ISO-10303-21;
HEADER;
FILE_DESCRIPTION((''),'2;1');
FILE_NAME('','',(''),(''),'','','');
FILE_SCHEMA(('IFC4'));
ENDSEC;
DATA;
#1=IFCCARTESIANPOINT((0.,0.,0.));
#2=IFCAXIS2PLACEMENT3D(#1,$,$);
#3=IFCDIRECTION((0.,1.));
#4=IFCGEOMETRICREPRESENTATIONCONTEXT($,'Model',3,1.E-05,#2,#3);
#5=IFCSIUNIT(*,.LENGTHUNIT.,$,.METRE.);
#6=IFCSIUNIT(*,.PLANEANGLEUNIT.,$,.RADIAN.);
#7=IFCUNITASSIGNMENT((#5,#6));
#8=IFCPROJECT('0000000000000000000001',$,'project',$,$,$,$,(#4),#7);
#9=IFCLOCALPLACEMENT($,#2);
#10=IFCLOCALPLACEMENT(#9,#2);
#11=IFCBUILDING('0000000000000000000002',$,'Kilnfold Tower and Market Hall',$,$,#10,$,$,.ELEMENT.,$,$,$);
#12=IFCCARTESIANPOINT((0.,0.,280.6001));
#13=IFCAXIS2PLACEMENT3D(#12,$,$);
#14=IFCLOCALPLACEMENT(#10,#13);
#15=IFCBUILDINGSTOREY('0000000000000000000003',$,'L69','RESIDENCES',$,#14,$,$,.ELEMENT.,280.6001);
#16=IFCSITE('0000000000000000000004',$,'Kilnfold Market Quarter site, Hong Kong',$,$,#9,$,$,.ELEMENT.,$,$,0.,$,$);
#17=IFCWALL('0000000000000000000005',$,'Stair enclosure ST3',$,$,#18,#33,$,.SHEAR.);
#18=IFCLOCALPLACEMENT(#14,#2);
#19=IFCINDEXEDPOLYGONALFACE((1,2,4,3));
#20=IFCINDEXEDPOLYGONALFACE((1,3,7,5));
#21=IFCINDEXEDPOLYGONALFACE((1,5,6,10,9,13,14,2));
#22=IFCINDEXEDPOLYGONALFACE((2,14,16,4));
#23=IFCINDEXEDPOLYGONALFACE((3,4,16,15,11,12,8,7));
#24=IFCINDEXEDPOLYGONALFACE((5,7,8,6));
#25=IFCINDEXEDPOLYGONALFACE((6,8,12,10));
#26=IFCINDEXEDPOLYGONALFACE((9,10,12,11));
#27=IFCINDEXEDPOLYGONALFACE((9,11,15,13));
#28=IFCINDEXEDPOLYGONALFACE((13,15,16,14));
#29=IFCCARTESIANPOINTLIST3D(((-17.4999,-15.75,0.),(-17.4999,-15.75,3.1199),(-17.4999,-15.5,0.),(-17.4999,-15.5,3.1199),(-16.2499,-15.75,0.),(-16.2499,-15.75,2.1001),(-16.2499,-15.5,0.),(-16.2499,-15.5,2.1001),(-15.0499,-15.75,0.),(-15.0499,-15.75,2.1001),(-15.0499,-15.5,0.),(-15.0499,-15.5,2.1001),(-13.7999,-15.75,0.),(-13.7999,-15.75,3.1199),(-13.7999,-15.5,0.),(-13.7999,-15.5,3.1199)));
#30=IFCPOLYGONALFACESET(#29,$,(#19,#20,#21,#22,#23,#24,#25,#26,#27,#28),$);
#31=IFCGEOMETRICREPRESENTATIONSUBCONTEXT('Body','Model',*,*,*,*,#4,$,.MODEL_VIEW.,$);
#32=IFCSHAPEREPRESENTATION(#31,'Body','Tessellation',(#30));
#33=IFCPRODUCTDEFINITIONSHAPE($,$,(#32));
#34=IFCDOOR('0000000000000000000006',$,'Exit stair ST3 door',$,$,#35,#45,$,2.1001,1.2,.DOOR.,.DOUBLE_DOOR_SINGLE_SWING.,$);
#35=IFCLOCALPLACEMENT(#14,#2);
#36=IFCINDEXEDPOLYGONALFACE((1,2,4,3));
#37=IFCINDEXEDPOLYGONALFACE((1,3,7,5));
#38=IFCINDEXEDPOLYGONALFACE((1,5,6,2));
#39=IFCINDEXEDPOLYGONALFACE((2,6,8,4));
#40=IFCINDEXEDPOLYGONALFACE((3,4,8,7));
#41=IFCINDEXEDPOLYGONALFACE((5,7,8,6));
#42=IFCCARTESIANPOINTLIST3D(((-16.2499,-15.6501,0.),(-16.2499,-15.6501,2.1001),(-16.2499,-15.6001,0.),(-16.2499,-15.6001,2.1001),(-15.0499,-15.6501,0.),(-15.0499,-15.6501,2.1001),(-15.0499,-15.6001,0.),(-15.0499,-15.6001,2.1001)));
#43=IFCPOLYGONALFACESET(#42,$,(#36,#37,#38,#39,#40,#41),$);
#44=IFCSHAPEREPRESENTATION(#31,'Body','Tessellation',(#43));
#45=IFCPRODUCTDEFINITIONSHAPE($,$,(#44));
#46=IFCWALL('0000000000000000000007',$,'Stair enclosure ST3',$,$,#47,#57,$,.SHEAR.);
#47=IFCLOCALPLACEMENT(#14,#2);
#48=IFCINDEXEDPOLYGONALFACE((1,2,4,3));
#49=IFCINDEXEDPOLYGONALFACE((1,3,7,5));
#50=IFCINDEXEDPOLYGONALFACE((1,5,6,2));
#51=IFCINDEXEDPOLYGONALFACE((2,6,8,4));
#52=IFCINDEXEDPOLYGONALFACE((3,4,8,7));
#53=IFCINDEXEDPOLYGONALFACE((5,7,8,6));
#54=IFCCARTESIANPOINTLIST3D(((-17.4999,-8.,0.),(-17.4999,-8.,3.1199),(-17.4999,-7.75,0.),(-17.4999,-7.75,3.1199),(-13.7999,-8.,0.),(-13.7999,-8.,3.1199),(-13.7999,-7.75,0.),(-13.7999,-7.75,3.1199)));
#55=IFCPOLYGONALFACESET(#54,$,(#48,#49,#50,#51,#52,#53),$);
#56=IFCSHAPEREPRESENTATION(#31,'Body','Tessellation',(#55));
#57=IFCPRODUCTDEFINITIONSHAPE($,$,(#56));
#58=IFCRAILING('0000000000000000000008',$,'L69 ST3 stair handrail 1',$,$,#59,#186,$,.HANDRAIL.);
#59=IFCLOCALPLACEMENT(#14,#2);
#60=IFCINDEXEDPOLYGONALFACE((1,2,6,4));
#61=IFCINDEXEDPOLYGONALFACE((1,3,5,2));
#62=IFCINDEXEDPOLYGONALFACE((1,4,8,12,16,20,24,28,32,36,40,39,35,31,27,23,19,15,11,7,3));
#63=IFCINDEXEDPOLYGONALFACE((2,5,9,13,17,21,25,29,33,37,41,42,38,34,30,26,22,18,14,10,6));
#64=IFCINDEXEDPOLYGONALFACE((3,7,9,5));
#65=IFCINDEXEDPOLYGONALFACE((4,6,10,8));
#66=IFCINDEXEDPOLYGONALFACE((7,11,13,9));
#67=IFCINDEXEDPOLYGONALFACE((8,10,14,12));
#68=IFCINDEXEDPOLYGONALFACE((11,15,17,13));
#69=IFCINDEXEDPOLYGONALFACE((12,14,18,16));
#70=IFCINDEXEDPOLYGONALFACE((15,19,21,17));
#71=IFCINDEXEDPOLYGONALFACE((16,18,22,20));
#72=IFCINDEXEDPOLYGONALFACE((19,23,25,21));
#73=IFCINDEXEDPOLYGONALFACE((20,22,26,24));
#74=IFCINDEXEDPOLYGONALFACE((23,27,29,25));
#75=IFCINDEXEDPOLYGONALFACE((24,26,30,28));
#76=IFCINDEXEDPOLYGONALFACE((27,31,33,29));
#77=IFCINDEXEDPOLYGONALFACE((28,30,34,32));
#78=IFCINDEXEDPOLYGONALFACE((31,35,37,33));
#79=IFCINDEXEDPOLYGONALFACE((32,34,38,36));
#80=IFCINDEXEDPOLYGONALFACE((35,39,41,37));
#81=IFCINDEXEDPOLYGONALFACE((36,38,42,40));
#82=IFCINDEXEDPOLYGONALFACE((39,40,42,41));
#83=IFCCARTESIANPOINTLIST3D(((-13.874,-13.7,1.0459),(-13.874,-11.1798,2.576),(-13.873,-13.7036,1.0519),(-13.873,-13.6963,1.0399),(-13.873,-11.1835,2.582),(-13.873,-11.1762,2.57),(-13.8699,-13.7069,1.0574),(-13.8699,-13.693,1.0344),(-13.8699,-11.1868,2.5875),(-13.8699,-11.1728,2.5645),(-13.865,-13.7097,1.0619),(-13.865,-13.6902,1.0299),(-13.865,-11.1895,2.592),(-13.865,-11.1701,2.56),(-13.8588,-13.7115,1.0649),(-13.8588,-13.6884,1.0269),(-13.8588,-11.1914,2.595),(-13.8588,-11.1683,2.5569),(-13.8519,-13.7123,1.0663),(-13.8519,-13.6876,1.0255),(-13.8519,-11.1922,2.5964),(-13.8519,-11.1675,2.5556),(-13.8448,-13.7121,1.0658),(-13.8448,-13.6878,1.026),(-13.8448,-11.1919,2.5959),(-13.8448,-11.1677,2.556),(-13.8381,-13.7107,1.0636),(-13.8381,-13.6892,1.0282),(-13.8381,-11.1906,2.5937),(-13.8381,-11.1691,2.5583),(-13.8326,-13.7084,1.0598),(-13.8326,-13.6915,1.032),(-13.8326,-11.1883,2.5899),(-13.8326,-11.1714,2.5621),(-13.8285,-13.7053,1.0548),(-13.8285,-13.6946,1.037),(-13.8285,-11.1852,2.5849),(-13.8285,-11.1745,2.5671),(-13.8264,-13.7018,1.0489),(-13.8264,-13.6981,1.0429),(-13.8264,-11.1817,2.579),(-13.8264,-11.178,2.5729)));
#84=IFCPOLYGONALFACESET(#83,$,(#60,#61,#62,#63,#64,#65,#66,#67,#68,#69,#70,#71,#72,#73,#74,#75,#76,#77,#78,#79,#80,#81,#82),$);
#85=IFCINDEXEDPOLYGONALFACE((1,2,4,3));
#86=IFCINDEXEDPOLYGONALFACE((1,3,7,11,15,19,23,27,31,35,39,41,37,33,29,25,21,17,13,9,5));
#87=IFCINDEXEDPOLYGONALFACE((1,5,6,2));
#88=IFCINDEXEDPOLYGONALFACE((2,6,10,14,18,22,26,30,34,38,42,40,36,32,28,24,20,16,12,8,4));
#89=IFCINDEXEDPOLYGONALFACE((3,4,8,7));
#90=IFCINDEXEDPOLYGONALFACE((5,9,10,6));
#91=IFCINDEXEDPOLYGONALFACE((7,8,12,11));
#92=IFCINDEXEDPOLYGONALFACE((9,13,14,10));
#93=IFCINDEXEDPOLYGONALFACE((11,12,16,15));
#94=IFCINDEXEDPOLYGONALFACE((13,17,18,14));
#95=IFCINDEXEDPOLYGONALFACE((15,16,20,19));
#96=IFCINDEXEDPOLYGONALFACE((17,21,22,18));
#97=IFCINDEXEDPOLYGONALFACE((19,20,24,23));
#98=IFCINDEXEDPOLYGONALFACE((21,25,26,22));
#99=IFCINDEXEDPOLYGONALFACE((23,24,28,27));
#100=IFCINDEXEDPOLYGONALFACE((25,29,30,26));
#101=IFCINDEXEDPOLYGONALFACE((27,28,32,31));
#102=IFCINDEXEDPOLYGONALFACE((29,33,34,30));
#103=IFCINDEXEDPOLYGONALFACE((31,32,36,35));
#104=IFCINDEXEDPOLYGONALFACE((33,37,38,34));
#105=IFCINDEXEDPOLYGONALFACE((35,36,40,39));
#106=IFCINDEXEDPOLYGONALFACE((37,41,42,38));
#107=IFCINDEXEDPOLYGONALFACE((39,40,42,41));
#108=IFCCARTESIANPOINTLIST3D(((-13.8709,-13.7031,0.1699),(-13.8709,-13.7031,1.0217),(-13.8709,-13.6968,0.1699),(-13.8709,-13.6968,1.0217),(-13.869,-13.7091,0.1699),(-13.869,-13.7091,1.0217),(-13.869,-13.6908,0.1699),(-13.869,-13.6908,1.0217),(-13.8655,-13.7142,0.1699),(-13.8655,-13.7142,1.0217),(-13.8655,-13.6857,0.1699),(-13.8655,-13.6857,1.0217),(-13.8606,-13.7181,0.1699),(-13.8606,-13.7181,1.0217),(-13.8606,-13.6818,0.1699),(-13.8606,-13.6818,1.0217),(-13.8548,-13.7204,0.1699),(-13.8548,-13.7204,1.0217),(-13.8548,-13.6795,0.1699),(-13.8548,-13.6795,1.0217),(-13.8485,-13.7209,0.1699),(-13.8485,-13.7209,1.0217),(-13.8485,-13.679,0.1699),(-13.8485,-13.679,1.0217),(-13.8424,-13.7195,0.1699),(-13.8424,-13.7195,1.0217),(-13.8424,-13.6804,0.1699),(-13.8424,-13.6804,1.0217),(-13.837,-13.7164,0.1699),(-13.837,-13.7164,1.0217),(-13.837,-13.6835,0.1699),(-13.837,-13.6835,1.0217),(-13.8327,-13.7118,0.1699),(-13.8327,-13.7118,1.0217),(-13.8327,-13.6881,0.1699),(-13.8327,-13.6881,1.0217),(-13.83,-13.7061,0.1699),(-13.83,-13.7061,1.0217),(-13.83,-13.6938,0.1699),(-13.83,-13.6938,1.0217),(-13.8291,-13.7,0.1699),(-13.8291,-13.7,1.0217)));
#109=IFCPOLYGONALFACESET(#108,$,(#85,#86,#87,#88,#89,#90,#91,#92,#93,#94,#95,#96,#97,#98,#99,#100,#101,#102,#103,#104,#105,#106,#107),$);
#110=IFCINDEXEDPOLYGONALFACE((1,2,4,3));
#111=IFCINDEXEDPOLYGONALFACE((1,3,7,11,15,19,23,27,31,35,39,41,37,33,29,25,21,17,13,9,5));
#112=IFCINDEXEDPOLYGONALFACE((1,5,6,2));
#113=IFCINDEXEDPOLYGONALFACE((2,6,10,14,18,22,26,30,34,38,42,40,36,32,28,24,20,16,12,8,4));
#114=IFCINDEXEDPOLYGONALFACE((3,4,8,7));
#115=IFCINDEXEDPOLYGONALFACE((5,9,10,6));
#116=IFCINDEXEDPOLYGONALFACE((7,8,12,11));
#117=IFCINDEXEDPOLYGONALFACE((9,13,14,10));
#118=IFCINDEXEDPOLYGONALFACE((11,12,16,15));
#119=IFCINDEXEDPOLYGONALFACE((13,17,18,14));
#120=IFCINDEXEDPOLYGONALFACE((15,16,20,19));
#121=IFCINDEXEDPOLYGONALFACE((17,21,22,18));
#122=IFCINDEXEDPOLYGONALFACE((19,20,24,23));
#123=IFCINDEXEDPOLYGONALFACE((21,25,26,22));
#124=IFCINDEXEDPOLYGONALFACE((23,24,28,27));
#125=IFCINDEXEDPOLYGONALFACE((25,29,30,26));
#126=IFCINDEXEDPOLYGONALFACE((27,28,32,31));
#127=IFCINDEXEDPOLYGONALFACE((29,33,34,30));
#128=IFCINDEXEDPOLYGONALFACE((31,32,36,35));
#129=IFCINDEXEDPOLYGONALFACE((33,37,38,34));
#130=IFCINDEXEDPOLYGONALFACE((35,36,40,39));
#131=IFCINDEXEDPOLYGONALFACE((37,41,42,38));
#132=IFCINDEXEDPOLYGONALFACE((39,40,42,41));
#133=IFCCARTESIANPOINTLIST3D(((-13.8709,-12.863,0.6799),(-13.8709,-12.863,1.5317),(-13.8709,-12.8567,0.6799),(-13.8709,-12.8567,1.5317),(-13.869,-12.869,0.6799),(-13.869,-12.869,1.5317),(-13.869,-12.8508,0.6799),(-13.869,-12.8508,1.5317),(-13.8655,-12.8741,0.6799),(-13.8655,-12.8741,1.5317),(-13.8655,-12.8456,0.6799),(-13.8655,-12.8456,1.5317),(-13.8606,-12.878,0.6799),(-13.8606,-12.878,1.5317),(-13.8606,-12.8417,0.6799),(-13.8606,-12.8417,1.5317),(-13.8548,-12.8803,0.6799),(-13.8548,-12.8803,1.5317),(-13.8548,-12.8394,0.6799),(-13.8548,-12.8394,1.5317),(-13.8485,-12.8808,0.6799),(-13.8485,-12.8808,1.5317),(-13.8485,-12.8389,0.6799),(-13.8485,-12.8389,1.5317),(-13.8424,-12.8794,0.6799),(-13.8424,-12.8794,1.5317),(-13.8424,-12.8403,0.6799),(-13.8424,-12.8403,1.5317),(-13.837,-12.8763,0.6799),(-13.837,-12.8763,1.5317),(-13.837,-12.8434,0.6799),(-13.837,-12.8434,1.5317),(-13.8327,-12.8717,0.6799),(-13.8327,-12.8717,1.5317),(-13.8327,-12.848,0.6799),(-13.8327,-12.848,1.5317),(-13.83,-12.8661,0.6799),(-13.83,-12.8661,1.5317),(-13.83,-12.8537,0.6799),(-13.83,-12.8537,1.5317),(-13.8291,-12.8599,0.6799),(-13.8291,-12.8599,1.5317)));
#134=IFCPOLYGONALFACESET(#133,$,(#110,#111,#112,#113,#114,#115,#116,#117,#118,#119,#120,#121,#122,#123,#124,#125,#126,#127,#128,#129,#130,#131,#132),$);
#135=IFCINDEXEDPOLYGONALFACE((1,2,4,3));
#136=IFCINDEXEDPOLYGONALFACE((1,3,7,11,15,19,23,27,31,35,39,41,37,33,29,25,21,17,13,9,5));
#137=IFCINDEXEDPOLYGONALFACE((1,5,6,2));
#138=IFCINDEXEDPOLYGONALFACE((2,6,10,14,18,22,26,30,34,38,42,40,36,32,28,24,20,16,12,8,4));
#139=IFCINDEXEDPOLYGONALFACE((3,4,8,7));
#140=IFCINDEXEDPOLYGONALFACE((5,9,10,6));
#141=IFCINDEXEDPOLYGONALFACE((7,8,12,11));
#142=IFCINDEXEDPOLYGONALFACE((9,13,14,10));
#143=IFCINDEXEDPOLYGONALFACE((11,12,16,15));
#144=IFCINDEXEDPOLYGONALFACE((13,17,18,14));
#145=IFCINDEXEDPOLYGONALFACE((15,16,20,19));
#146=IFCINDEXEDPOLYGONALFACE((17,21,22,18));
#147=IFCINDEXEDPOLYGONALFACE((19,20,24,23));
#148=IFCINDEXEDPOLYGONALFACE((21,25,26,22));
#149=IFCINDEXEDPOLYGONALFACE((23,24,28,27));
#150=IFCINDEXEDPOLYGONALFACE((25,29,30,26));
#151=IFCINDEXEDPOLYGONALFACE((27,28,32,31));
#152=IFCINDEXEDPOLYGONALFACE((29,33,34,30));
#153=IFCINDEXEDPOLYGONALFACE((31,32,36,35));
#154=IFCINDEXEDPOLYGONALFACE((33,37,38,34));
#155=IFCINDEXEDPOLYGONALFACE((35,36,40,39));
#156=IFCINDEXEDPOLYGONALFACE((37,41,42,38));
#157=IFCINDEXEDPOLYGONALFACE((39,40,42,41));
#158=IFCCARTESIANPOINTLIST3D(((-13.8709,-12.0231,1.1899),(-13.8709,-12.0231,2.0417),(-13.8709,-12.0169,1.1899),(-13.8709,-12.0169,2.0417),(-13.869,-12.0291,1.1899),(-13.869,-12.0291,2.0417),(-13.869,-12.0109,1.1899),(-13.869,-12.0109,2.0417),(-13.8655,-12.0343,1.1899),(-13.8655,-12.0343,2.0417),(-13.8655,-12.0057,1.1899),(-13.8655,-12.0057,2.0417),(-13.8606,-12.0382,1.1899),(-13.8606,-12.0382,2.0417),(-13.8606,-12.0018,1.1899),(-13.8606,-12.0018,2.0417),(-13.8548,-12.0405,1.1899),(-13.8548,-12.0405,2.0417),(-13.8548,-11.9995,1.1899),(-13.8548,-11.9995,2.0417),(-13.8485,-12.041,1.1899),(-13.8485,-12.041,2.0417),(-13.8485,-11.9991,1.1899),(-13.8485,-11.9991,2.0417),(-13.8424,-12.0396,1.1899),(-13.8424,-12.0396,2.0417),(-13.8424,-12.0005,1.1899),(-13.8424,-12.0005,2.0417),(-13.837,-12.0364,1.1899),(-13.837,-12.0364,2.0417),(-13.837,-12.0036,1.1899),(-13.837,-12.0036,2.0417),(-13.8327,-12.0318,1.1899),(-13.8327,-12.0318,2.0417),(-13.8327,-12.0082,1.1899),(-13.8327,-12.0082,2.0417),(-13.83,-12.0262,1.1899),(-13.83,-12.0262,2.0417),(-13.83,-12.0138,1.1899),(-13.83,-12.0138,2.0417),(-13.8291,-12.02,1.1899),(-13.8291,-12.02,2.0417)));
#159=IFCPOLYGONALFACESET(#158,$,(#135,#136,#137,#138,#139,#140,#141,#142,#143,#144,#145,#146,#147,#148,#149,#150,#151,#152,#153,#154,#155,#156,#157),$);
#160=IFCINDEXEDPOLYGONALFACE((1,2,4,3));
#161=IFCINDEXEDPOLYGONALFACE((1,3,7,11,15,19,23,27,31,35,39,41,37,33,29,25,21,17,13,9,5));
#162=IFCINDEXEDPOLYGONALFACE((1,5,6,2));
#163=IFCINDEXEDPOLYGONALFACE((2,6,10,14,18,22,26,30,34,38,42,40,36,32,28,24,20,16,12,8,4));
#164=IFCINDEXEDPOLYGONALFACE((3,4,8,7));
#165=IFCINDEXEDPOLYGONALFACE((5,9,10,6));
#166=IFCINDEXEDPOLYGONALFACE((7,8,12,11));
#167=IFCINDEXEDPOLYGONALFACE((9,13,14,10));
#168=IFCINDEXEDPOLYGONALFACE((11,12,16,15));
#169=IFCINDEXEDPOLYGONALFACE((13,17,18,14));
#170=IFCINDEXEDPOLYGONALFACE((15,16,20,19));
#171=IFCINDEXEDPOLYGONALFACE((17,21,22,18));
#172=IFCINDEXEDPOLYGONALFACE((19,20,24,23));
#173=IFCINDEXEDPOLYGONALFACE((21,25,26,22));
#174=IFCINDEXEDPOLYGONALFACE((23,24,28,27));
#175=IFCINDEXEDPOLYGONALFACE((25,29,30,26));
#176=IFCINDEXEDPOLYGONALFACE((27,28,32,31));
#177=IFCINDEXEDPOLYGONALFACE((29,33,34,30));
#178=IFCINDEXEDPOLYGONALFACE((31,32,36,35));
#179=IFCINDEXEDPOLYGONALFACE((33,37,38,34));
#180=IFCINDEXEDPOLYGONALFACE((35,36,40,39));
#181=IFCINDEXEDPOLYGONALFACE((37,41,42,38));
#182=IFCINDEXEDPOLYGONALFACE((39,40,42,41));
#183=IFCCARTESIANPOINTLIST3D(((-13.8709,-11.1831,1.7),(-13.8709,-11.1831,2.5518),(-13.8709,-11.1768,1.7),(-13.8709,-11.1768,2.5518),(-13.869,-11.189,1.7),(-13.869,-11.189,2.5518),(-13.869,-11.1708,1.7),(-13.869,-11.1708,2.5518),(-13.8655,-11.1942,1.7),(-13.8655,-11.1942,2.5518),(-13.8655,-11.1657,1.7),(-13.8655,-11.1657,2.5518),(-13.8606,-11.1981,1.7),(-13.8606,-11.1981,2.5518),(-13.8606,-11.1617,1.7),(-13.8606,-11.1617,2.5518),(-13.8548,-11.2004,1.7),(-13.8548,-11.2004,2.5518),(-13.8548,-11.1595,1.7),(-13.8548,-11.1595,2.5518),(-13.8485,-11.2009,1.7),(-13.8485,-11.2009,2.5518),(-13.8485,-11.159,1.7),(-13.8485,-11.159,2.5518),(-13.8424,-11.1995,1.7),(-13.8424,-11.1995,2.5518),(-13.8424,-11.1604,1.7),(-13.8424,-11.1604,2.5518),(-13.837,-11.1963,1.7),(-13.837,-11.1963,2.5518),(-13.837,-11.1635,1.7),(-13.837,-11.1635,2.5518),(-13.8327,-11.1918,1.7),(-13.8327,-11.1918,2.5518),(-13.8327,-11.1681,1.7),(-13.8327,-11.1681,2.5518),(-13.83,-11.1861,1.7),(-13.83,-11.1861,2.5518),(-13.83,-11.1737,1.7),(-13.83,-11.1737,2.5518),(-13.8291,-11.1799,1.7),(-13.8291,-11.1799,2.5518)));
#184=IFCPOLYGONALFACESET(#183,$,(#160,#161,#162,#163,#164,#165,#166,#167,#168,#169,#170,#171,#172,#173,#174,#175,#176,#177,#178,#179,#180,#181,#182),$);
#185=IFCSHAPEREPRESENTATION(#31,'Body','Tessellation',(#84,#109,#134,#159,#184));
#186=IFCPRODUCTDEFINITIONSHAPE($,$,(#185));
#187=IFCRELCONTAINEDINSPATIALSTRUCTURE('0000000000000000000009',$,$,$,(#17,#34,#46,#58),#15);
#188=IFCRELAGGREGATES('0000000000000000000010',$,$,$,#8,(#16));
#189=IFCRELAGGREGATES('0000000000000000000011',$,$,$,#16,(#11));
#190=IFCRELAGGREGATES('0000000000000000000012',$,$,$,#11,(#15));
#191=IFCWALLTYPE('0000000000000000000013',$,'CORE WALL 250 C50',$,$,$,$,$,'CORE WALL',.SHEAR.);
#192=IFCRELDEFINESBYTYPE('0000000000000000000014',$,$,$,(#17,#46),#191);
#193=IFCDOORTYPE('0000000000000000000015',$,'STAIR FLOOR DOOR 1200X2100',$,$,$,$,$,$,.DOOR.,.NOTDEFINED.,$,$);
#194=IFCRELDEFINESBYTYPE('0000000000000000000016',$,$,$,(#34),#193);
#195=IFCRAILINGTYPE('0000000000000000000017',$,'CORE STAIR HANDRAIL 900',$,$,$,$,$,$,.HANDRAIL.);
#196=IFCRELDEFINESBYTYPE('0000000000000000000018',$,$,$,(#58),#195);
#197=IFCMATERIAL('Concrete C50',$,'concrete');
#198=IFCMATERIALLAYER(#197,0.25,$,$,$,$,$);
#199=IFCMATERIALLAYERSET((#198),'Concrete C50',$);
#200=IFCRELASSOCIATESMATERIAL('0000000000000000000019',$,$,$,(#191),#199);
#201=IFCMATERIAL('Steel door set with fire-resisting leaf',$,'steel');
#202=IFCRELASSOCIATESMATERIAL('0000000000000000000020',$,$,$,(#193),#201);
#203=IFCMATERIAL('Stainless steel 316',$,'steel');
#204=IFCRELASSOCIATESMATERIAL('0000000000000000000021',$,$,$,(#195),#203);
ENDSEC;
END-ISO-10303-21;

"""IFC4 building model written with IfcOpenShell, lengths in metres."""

from ifc_helpers import new_model, si_unit, direction, frame, frame_2d, origin, origin_2d, place, context, subcontext, project, spatial, rectangle, circle, extrude, source, transform, mapped, material, layer, layer_set, type_object, element, fill, save


model = new_model("IFC4")

# Units and contexts
model_context = context("Model", 3, precision=1e-05, world=origin(), true_north=direction((0.0, 1.0)))
body_context = subcontext(model_context, "Body", "Model", "MODEL_VIEW")
ifc_project = project(units=[si_unit("LENGTHUNIT", "METRE"), si_unit("PLANEANGLEUNIT", "RADIAN")], contexts=[model_context])

# Site, building, storey
site_placement = place(None, origin())
site = spatial("IfcSite", under=ifc_project, at=site_placement, Name="Kilnfold Market Quarter site, Hong Kong", CompositionType="ELEMENT", RefElevation=0.0)
building_placement = place(site_placement, origin())
building = spatial("IfcBuilding", under=site, at=building_placement, Name="Kilnfold Tower and Market Hall", CompositionType="ELEMENT")
storey_placement = place(building_placement, frame((0.0, 0.0, 280.6001)))
storey = spatial("IfcBuildingStorey", under=building, at=storey_placement, Name="L69", Description="RESIDENCES", CompositionType="ELEMENT", Elevation=280.6001)

# Wall, opening, door
ifc_material_1 = material(Name="Concrete C50", Category="concrete")
ifc_layer_1 = layer(ifc_material_1, 0.25)
ifc_layer_set_1 = layer_set([ifc_layer_1], Name="Concrete C50")
wall_type_1 = type_object("IfcWallType", Name="CORE WALL 250 C50", ElementType="CORE WALL", PredefinedType="SHEAR", material=ifc_layer_set_1)
shared_shape_1 = source(origin(), body_context, "Body", "SweptSolid", [
    extrude(rectangle(XDim=3.7, YDim=0.25, at=frame_2d((1.8501, 0.0))), origin(), (0.0, 0.0, 1.0), 3.1199),
])
wall_1_placement = place(storey_placement, frame((-17.5, -15.625, 0.0), z_axis=(0.0, 0.0, 1.0), x_axis=(1.0, 0.0, 0.0)))
wall_1 = element("IfcWall", 1, at=wall_1_placement, inside=storey, type_object=wall_type_1, Name="Stair enclosure ST3", PredefinedType="SHEAR", context=body_context, shape_type="MappedRepresentation", body=[
    mapped(shared_shape_1, transform((0.0, 0.0, 0.0))),
])
opening_1_placement = place(wall_1_placement, frame((1.25, 0.0, 0.0)))
opening_1 = element("IfcOpeningElement", 2, at=opening_1_placement, cuts=wall_1, PredefinedType="OPENING", context=body_context, shape_type="SweptSolid", body=[
    extrude(rectangle(XDim=1.2, YDim=2.1001, at=frame_2d((0.6001, 1.05))), frame((0.0, 0.135, 0.0), z_axis=(0.0, -1.0, 0.0), x_axis=(1.0, 0.0, 0.0)), (0.0, 0.0, 1.0), 0.27),
])
ifc_material_2 = material(Name="Steel door set with fire-resisting leaf", Category="steel")
door_type_1 = type_object("IfcDoorType", Name="STAIR FLOOR DOOR 1200X2100", OperationType="NOTDEFINED", PredefinedType="DOOR", material=ifc_material_2)
door_1_placement = place(opening_1_placement, origin())
door_1 = element("IfcDoor", 3, at=door_1_placement, inside=storey, type_object=door_type_1, Name="Exit stair ST3 door", OperationType="DOUBLE_DOOR_SINGLE_SWING", OverallHeight=2.1001, OverallWidth=1.2, PredefinedType="DOOR", context=body_context, shape_type="SweptSolid", body=[
    extrude(rectangle(XDim=1.2, YDim=2.1001, at=frame_2d((0.6001, 1.05))), frame((0.0, 0.0249, 0.0), z_axis=(0.0, -1.0, 0.0), x_axis=(1.0, 0.0, 0.0)), (0.0, 0.0, 1.0), 0.05),
])
fill(opening_1, door_1)

# Wall
wall_2_placement = place(storey_placement, frame((-17.5, -7.875, 0.0), z_axis=(0.0, 0.0, 1.0), x_axis=(1.0, 0.0, 0.0)))
element("IfcWall", 4, at=wall_2_placement, inside=storey, type_object=wall_type_1, Name="Stair enclosure ST3", PredefinedType="SHEAR", context=body_context, shape_type="MappedRepresentation", body=[
    mapped(shared_shape_1, transform((0.0, 0.0, 0.0))),
])

# Railing
ifc_material_3 = material(Name="Stainless steel 316", Category="steel")
railing_type_1 = type_object("IfcRailingType", Name="CORE STAIR HANDRAIL 900", PredefinedType="HANDRAIL", material=ifc_material_3)
railing_1_placement = place(storey_placement, frame((-13.8501, -13.7, 0.1699)))
element("IfcRailing", 5, at=railing_1_placement, inside=storey, type_object=railing_type_1, Name="L69 ST3 stair handrail 1", PredefinedType="HANDRAIL", context=body_context, shape_type="SweptSolid", body=[
    extrude(circle(Radius=0.0239, at=origin_2d()), frame((0.0, 0.0, 0.876), z_axis=(0.0, 0.854785, 0.518982), x_axis=(-1.0, 0.0, 0.0)), (0.0, 0.0, 1.0), 2.9482),
    extrude(circle(Radius=0.021, at=origin_2d()), origin(), (0.0, 0.0, 1.0), 0.8518),
    extrude(circle(Radius=0.021, at=origin_2d()), frame((0.0, 0.8401, 0.51)), (0.0, 0.0, 1.0), 0.8518),
    extrude(circle(Radius=0.021, at=origin_2d()), frame((0.0, 1.6799, 1.02)), (0.0, 0.0, 1.0), 0.8518),
    extrude(circle(Radius=0.021, at=origin_2d()), frame((0.0, 2.52, 1.53)), (0.0, 0.0, 1.0), 0.8518),
])

save(model, "model.ifc")
